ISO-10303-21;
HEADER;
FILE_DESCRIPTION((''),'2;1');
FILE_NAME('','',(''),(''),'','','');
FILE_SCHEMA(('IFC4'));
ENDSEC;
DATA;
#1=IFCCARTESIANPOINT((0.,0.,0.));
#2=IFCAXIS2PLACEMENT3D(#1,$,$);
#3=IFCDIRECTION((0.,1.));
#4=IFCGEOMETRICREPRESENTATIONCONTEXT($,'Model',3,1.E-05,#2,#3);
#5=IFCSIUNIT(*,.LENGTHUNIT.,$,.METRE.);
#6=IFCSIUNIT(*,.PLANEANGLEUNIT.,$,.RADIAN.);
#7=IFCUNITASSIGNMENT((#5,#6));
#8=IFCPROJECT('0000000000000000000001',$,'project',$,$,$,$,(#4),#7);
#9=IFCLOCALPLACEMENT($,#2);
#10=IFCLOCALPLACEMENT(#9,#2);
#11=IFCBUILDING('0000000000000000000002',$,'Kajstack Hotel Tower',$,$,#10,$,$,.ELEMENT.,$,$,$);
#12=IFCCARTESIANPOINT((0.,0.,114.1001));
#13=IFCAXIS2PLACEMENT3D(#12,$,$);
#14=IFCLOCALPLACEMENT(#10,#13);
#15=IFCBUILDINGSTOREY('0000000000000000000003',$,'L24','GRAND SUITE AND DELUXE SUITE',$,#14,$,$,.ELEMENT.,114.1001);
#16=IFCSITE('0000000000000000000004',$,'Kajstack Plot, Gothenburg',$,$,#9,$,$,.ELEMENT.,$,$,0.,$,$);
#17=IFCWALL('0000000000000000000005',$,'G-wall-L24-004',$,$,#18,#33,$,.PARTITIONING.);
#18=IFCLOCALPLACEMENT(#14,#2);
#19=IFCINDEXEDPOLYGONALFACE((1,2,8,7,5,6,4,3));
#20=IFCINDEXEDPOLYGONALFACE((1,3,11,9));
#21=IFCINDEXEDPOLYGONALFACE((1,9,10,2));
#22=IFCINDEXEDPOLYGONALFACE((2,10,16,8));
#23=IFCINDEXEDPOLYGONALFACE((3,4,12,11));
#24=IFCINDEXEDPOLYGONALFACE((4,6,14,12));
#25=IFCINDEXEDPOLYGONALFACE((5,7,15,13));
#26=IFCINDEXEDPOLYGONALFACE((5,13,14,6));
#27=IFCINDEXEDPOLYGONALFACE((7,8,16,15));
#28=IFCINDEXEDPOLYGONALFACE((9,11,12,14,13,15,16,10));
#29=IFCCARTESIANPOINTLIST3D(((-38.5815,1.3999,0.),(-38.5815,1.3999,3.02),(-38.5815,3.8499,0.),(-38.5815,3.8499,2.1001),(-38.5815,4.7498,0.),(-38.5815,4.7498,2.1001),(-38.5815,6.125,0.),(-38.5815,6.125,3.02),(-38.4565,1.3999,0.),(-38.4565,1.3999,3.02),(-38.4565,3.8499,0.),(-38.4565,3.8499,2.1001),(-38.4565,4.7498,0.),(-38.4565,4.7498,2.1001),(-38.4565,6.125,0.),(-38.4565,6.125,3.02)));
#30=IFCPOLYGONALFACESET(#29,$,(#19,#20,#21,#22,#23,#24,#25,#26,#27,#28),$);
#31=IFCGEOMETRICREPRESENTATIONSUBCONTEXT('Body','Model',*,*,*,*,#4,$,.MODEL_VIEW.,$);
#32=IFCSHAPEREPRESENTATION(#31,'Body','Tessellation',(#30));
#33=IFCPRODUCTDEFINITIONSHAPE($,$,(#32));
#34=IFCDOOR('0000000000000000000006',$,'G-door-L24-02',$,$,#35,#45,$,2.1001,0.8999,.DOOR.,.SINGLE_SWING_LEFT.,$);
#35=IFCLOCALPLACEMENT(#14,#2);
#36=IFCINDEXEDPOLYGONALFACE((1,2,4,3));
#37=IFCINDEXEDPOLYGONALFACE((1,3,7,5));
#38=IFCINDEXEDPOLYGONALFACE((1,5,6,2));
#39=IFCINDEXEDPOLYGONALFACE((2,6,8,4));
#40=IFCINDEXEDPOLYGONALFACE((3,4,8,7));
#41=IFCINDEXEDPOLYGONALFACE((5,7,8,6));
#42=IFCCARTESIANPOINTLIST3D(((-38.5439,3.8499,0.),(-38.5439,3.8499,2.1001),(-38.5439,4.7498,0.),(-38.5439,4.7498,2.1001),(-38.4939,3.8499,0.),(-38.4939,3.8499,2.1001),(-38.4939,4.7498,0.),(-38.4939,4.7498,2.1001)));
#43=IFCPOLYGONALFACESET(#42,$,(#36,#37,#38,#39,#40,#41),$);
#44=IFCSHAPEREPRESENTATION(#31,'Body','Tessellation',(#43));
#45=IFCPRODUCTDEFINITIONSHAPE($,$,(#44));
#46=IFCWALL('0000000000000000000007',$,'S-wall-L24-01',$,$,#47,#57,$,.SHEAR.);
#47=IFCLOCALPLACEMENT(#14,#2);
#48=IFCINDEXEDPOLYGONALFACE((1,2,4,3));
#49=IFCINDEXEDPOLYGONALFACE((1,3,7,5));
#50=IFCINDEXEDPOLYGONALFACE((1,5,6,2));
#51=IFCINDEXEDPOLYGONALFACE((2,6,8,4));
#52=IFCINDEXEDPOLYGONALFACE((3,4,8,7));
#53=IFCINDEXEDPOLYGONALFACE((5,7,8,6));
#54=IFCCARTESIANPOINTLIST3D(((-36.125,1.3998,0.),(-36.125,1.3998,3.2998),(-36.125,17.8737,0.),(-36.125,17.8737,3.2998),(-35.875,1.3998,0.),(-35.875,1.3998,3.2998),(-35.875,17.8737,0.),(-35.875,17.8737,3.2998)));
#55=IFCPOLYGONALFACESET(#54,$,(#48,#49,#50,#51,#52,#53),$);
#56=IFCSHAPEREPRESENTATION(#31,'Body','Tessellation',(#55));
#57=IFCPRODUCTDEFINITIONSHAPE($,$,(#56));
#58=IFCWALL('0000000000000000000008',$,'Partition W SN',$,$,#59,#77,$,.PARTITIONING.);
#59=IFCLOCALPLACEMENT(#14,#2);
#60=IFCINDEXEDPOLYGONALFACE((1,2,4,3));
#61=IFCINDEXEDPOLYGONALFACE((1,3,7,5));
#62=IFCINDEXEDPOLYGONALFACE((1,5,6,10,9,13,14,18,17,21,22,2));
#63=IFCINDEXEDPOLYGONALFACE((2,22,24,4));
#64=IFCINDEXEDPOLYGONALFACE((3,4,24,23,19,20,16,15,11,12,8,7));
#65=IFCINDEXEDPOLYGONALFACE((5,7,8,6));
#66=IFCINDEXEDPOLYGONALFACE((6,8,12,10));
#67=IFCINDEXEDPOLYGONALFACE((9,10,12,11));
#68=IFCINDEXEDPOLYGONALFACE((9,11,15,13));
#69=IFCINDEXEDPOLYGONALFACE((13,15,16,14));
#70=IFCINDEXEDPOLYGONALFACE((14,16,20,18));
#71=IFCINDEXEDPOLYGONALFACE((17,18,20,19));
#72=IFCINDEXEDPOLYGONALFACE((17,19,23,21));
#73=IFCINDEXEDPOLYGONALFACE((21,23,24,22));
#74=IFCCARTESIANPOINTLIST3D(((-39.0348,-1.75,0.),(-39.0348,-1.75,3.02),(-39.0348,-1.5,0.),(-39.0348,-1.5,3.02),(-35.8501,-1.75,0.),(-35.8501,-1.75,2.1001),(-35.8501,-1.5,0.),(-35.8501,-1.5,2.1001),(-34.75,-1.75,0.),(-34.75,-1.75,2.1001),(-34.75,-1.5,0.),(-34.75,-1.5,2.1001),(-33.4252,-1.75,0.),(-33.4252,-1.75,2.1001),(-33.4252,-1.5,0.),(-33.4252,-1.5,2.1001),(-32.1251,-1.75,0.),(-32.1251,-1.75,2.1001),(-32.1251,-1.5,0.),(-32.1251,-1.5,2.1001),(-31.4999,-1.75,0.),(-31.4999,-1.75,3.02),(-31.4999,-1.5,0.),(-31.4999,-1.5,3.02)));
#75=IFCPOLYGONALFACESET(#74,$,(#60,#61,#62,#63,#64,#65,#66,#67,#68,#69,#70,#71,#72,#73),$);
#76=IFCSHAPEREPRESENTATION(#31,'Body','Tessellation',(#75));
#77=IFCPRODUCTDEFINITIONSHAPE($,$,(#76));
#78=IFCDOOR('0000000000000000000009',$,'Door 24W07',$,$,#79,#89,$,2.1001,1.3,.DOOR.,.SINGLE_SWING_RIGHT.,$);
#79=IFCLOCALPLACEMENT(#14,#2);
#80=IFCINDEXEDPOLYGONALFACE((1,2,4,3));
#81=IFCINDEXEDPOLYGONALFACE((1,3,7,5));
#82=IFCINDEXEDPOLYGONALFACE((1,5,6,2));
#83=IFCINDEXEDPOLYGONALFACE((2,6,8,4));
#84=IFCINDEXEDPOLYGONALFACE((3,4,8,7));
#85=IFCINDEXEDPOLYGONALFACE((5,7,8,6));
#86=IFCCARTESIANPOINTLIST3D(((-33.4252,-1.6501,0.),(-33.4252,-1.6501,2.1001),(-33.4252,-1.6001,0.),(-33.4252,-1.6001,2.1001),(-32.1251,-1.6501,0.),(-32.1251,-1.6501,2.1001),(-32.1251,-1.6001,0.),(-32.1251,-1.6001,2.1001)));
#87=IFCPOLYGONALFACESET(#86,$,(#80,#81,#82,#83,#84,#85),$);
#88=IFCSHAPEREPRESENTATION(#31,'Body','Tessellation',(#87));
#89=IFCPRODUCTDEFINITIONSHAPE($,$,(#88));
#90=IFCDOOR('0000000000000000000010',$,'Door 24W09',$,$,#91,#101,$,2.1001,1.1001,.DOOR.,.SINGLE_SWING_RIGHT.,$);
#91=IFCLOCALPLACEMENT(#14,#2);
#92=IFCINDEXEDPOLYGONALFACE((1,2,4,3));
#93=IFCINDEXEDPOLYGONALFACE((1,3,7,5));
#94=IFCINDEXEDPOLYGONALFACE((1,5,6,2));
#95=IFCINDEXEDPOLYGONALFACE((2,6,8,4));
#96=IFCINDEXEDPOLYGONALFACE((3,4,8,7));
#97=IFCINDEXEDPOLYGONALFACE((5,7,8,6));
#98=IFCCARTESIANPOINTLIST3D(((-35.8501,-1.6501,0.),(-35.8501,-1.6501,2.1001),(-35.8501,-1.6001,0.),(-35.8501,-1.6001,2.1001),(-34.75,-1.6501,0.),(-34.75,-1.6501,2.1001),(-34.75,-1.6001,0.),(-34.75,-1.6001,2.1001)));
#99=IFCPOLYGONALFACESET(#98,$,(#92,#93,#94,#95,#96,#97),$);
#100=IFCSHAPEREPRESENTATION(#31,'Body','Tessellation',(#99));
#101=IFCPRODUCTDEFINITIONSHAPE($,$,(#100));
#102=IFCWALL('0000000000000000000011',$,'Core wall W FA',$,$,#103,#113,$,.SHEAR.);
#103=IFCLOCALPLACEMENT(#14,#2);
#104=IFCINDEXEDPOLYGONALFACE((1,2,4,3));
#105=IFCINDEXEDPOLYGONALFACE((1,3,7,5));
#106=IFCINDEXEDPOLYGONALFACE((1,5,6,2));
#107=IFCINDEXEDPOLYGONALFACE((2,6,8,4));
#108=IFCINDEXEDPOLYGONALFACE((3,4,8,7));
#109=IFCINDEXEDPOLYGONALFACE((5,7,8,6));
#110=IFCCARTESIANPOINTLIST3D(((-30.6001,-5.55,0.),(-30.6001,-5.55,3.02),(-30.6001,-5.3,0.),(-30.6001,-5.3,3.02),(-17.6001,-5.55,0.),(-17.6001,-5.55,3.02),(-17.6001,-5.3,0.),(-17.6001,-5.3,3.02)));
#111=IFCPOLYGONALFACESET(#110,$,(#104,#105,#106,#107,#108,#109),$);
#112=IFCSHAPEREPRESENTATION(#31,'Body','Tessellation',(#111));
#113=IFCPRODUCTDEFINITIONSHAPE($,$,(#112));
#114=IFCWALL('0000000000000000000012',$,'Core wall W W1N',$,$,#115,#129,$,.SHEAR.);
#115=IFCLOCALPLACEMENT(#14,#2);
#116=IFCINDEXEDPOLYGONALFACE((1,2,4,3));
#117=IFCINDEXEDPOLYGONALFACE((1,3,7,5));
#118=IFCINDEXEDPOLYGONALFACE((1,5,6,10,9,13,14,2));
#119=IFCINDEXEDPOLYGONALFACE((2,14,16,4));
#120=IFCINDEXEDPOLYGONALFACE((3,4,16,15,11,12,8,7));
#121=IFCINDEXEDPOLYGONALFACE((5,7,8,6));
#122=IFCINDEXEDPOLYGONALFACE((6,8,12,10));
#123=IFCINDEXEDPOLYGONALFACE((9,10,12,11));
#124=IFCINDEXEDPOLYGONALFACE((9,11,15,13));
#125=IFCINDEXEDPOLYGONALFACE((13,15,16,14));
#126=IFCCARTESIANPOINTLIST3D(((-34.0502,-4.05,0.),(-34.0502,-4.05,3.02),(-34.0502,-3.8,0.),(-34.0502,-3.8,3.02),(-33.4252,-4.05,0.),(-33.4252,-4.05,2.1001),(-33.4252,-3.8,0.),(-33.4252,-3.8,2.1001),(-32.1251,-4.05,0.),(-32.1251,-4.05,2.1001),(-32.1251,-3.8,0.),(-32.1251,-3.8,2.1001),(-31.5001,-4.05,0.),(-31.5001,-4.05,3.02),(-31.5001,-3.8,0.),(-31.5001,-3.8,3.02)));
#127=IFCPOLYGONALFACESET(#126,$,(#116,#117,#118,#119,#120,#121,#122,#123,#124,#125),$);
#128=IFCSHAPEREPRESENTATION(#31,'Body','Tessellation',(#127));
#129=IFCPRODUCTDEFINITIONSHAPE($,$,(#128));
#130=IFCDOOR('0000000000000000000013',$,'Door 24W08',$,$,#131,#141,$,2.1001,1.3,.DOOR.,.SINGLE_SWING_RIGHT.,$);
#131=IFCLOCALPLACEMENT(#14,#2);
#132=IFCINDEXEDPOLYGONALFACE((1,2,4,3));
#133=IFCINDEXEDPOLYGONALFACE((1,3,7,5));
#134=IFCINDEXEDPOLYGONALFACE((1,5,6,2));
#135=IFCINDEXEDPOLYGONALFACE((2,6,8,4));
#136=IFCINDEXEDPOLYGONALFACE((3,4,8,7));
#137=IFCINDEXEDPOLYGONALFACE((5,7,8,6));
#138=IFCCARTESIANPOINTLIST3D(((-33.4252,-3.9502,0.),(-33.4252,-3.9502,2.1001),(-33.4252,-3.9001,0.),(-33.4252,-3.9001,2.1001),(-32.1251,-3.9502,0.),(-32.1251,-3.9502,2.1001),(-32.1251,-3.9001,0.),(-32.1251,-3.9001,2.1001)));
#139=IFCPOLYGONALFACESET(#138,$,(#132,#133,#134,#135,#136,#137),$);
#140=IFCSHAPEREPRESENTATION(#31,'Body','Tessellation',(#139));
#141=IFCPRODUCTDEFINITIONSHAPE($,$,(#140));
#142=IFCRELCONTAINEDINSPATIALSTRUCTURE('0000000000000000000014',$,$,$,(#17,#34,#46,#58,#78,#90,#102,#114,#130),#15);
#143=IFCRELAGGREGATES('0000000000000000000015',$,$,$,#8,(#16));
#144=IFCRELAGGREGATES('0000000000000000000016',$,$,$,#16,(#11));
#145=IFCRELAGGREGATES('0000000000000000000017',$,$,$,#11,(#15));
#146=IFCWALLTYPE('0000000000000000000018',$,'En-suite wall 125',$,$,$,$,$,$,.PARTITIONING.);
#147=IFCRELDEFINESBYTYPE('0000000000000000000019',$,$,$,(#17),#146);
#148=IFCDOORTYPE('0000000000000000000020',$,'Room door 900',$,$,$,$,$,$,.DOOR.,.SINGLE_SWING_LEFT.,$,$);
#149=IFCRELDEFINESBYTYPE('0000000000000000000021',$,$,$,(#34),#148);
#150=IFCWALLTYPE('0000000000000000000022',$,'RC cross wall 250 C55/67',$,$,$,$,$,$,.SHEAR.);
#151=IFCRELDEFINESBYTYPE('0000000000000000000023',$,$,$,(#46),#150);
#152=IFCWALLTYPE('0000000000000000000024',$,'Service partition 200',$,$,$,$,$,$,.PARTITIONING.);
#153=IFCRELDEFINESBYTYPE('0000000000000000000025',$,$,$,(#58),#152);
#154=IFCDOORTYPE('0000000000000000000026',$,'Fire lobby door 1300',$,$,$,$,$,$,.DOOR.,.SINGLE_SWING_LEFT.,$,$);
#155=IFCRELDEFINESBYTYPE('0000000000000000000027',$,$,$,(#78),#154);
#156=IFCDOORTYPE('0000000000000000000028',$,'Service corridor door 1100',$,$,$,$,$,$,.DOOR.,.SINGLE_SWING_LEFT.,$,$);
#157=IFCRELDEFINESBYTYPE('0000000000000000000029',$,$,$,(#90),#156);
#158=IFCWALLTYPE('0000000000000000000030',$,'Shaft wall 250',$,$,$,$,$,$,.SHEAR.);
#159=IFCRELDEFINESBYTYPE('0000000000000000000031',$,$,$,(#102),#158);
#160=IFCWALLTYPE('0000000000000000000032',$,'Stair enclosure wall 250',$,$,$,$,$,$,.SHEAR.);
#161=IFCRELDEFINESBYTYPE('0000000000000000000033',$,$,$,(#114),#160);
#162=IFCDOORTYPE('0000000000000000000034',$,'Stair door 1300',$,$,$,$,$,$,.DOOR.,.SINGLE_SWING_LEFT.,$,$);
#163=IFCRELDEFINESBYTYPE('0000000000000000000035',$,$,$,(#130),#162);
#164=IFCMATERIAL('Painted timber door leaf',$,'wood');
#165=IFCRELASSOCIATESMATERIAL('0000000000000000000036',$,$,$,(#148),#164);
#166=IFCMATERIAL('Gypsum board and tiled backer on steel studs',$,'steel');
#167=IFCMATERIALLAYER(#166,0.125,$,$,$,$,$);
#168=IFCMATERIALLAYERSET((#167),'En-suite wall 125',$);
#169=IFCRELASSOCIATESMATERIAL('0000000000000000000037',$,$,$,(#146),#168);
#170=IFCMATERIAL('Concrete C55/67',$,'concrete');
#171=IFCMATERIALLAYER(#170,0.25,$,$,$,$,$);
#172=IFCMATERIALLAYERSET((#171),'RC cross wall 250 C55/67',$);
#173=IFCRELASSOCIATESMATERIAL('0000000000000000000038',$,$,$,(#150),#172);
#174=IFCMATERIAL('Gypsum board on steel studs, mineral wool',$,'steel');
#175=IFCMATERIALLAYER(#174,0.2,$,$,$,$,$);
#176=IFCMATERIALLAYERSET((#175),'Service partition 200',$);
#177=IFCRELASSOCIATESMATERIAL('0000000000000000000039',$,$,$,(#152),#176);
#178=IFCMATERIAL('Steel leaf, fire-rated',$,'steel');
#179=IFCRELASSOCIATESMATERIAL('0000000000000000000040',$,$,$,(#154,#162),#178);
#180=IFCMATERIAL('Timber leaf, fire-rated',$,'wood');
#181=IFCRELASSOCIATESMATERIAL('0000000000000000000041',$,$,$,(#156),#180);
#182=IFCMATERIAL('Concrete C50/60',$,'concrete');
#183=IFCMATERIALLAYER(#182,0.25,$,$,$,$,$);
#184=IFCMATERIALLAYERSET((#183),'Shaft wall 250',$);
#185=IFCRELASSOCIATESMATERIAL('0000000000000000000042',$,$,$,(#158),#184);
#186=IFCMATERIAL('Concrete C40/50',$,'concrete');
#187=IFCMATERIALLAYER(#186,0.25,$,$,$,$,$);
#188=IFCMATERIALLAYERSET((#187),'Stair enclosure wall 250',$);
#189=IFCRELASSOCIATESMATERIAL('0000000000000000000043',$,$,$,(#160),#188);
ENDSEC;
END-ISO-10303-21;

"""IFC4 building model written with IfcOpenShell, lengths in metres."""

from ifc_helpers import new_model, si_unit, direction, frame, frame_2d, origin, place, context, subcontext, project, spatial, rectangle, extrude, material, layer, layer_set, type_object, element, fill, save


model = new_model("IFC4")

# Units and contexts
model_context = context("Model", 3, precision=1e-05, world=origin(), true_north=direction((0.0, 1.0)))
body_context = subcontext(model_context, "Body", "Model", "MODEL_VIEW")
ifc_project = project(units=[si_unit("LENGTHUNIT", "METRE"), si_unit("PLANEANGLEUNIT", "RADIAN")], contexts=[model_context])

# Site, building, storey
site_placement = place(None, origin())
site = spatial("IfcSite", under=ifc_project, at=site_placement, Name="Kajstack Plot, Gothenburg", CompositionType="ELEMENT", RefElevation=0.0)
building_placement = place(site_placement, origin())
building = spatial("IfcBuilding", under=site, at=building_placement, Name="Kajstack Hotel Tower", CompositionType="ELEMENT")
storey_placement = place(building_placement, frame((0.0, 0.0, 114.1001)))
storey = spatial("IfcBuildingStorey", under=building, at=storey_placement, Name="L24", Description="GRAND SUITE AND DELUXE SUITE", CompositionType="ELEMENT", Elevation=114.1001)

# Shared definitions
ifc_material_1 = material(Name="Gypsum board on steel studs, mineral wool", Category="steel")
ifc_material_2 = material(Name="Painted timber door leaf", Category="wood")
door_type_1 = type_object("IfcDoorType", Name="Room door 900", OperationType="SINGLE_SWING_LEFT", PredefinedType="DOOR", material=ifc_material_2)

# Wall, opening, door
ifc_material_3 = material(Name="Gypsum board and tiled backer on steel studs", Category="steel")
ifc_layer_1 = layer(ifc_material_3, 0.125)
ifc_layer_set_1 = layer_set([ifc_layer_1], Name="En-suite wall 125")
wall_type_1 = type_object("IfcWallType", Name="En-suite wall 125", PredefinedType="PARTITIONING", material=ifc_layer_set_1)
wall_1_placement = place(storey_placement, frame((-38.519, 1.3999, 0.0), z_axis=(0.0, 0.0, 1.0), x_axis=(0.0, 1.0, 0.0)))
wall_1 = element("IfcWall", 1, at=wall_1_placement, inside=storey, type_object=wall_type_1, Name="G-wall-L24-004", PredefinedType="PARTITIONING", context=body_context, shape_type="SweptSolid", body=[
    extrude(rectangle(XDim=4.7251, YDim=0.125, at=frame_2d((2.3625, 0.0))), origin(), (0.0, 0.0, 1.0), 3.02),
])
opening_1_placement = place(wall_1_placement, frame((2.45, 0.0, 0.0)))
opening_1 = element("IfcOpeningElement", 2, at=opening_1_placement, cuts=wall_1, PredefinedType="OPENING", context=body_context, shape_type="SweptSolid", body=[
    extrude(rectangle(XDim=0.8999, YDim=2.1001, at=frame_2d((0.45, 1.05))), frame((0.0, 0.0725, 0.0), z_axis=(0.0, -1.0, 0.0), x_axis=(1.0, 0.0, 0.0)), (0.0, 0.0, 1.0), 0.145),
])
door_1_placement = place(opening_1_placement, origin())
door_1 = element("IfcDoor", 3, at=door_1_placement, inside=storey, type_object=door_type_1, Name="G-door-L24-02", OperationType="SINGLE_SWING_LEFT", OverallHeight=2.1001, OverallWidth=0.8999, PredefinedType="DOOR", context=body_context, shape_type="SweptSolid", body=[
    extrude(rectangle(XDim=0.8999, YDim=2.1001, at=frame_2d((0.45, 1.05))), frame((0.0, 0.0249, 0.0), z_axis=(0.0, -1.0, 0.0), x_axis=(1.0, 0.0, 0.0)), (0.0, 0.0, 1.0), 0.05),
])
fill(opening_1, door_1)

# Wall
ifc_material_4 = material(Name="Concrete C55/67", Category="concrete")
ifc_layer_2 = layer(ifc_material_4, 0.25)
ifc_layer_set_2 = layer_set([ifc_layer_2], Name="RC cross wall 250 C55/67")
wall_type_2 = type_object("IfcWallType", Name="RC cross wall 250 C55/67", PredefinedType="SHEAR", material=ifc_layer_set_2)
wall_2_placement = place(storey_placement, frame((-36.0, 1.3999, 0.0), z_axis=(0.0, 0.0, 1.0), x_axis=(0.0, 1.0, 0.0)))
element("IfcWall", 4, at=wall_2_placement, inside=storey, type_object=wall_type_2, Name="S-wall-L24-01", PredefinedType="SHEAR", context=body_context, shape_type="SweptSolid", body=[
    extrude(rectangle(XDim=16.4739, YDim=0.25, at=frame_2d((8.2368, 0.0))), origin(), (0.0, 0.0, 1.0), 3.2998),
])

# Wall, openings, doors
ifc_layer_3 = layer(ifc_material_1, 0.2)
ifc_layer_set_3 = layer_set([ifc_layer_3], Name="Service partition 200")
wall_type_3 = type_object("IfcWallType", Name="Service partition 200", PredefinedType="PARTITIONING", material=ifc_layer_set_3)
wall_3_placement = place(storey_placement, frame((-39.0349, -1.625, 0.0), z_axis=(0.0, 0.0, 1.0), x_axis=(1.0, 0.0, 0.0)))
wall_3 = element("IfcWall", 5, at=wall_3_placement, inside=storey, type_object=wall_type_3, Name="Partition W SN", PredefinedType="PARTITIONING", context=body_context, shape_type="SweptSolid", body=[
    extrude(rectangle(XDim=7.5349, YDim=0.25, at=frame_2d((3.7676, 0.0))), origin(), (0.0, 0.0, 1.0), 3.02),
])
opening_2_placement = place(wall_3_placement, frame((5.6099, 0.0, 0.0)))
opening_2 = element("IfcOpeningElement", 6, at=opening_2_placement, cuts=wall_3, PredefinedType="OPENING", context=body_context, shape_type="SweptSolid", body=[
    extrude(rectangle(XDim=1.3, YDim=2.1001, at=frame_2d((0.6499, 1.05))), frame((0.0, 0.135, 0.0), z_axis=(0.0, -1.0, 0.0), x_axis=(1.0, 0.0, 0.0)), (0.0, 0.0, 1.0), 0.27),
])
opening_3_placement = place(wall_3_placement, frame((3.1848, 0.0, 0.0)))
opening_3 = element("IfcOpeningElement", 7, at=opening_3_placement, cuts=wall_3, PredefinedType="OPENING", context=body_context, shape_type="SweptSolid", body=[
    extrude(rectangle(XDim=1.1001, YDim=2.1001, at=frame_2d((0.55, 1.05))), frame((0.0, 0.135, 0.0), z_axis=(0.0, -1.0, 0.0), x_axis=(1.0, 0.0, 0.0)), (0.0, 0.0, 1.0), 0.27),
])
ifc_material_5 = material(Name="Steel leaf, fire-rated", Category="steel")
door_type_2 = type_object("IfcDoorType", Name="Fire lobby door 1300", OperationType="SINGLE_SWING_LEFT", PredefinedType="DOOR", material=ifc_material_5)
door_2_placement = place(opening_2_placement, origin())
door_2 = element("IfcDoor", 8, at=door_2_placement, inside=storey, type_object=door_type_2, Name="Door 24W07", OperationType="SINGLE_SWING_RIGHT", OverallHeight=2.1001, OverallWidth=1.3, PredefinedType="DOOR", context=body_context, shape_type="SweptSolid", body=[
    extrude(rectangle(XDim=1.3, YDim=2.1001, at=frame_2d((0.6499, 1.05))), frame((0.0, 0.0249, 0.0), z_axis=(0.0, -1.0, 0.0), x_axis=(1.0, 0.0, 0.0)), (0.0, 0.0, 1.0), 0.05),
])
fill(opening_2, door_2)
ifc_material_6 = material(Name="Timber leaf, fire-rated", Category="wood")
door_type_3 = type_object("IfcDoorType", Name="Service corridor door 1100", OperationType="SINGLE_SWING_LEFT", PredefinedType="DOOR", material=ifc_material_6)
door_3_placement = place(opening_3_placement, origin())
door_3 = element("IfcDoor", 9, at=door_3_placement, inside=storey, type_object=door_type_3, Name="Door 24W09", OperationType="SINGLE_SWING_RIGHT", OverallHeight=2.1001, OverallWidth=1.1001, PredefinedType="DOOR", context=body_context, shape_type="SweptSolid", body=[
    extrude(rectangle(XDim=1.1001, YDim=2.1001, at=frame_2d((0.55, 1.05))), frame((0.0, 0.0249, 0.0), z_axis=(0.0, -1.0, 0.0), x_axis=(1.0, 0.0, 0.0)), (0.0, 0.0, 1.0), 0.05),
])
fill(opening_3, door_3)

# Wall
ifc_material_7 = material(Name="Concrete C50/60", Category="concrete")
ifc_layer_4 = layer(ifc_material_7, 0.25)
ifc_layer_set_4 = layer_set([ifc_layer_4], Name="Shaft wall 250")
wall_type_4 = type_object("IfcWallType", Name="Shaft wall 250", PredefinedType="SHEAR", material=ifc_layer_set_4)
wall_4_placement = place(storey_placement, frame((-30.6001, -5.425, 0.0), z_axis=(0.0, 0.0, 1.0), x_axis=(1.0, 0.0, 0.0)))
element("IfcWall", 10, at=wall_4_placement, inside=storey, type_object=wall_type_4, Name="Core wall W FA", PredefinedType="SHEAR", context=body_context, shape_type="SweptSolid", body=[
    extrude(rectangle(XDim=13.0, YDim=0.25, at=frame_2d((6.5, 0.0))), origin(), (0.0, 0.0, 1.0), 3.02),
])

# Wall, opening, door
ifc_material_8 = material(Name="Concrete C40/50", Category="concrete")
ifc_layer_5 = layer(ifc_material_8, 0.25)
ifc_layer_set_5 = layer_set([ifc_layer_5], Name="Stair enclosure wall 250")
wall_type_5 = type_object("IfcWallType", Name="Stair enclosure wall 250", PredefinedType="SHEAR", material=ifc_layer_set_5)
wall_5_placement = place(storey_placement, frame((-34.05, -3.925, 0.0), z_axis=(0.0, 0.0, 1.0), x_axis=(1.0, 0.0, 0.0)))
wall_5 = element("IfcWall", 11, at=wall_5_placement, inside=storey, type_object=wall_type_5, Name="Core wall W W1N", PredefinedType="SHEAR", context=body_context, shape_type="SweptSolid", body=[
    extrude(rectangle(XDim=2.55, YDim=0.25, at=frame_2d((1.2749, 0.0))), origin(), (0.0, 0.0, 1.0), 3.02),
])
opening_4_placement = place(wall_5_placement, frame((0.625, 0.0, 0.0)))
opening_4 = element("IfcOpeningElement", 12, at=opening_4_placement, cuts=wall_5, PredefinedType="OPENING", context=body_context, shape_type="SweptSolid", body=[
    extrude(rectangle(XDim=1.3, YDim=2.1001, at=frame_2d((0.6499, 1.05))), frame((0.0, 0.135, 0.0), z_axis=(0.0, -1.0, 0.0), x_axis=(1.0, 0.0, 0.0)), (0.0, 0.0, 1.0), 0.27),
])
door_type_4 = type_object("IfcDoorType", Name="Stair door 1300", OperationType="SINGLE_SWING_LEFT", PredefinedType="DOOR", material=ifc_material_5)
door_4_placement = place(opening_4_placement, origin())
door_4 = element("IfcDoor", 13, at=door_4_placement, inside=storey, type_object=door_type_4, Name="Door 24W08", OperationType="SINGLE_SWING_RIGHT", OverallHeight=2.1001, OverallWidth=1.3, PredefinedType="DOOR", context=body_context, shape_type="SweptSolid", body=[
    extrude(rectangle(XDim=1.3, YDim=2.1001, at=frame_2d((0.6499, 1.05))), frame((0.0, 0.0249, 0.0), z_axis=(0.0, -1.0, 0.0), x_axis=(1.0, 0.0, 0.0)), (0.0, 0.0, 1.0), 0.05),
])
fill(opening_4, door_4)

save(model, "model.ifc")
